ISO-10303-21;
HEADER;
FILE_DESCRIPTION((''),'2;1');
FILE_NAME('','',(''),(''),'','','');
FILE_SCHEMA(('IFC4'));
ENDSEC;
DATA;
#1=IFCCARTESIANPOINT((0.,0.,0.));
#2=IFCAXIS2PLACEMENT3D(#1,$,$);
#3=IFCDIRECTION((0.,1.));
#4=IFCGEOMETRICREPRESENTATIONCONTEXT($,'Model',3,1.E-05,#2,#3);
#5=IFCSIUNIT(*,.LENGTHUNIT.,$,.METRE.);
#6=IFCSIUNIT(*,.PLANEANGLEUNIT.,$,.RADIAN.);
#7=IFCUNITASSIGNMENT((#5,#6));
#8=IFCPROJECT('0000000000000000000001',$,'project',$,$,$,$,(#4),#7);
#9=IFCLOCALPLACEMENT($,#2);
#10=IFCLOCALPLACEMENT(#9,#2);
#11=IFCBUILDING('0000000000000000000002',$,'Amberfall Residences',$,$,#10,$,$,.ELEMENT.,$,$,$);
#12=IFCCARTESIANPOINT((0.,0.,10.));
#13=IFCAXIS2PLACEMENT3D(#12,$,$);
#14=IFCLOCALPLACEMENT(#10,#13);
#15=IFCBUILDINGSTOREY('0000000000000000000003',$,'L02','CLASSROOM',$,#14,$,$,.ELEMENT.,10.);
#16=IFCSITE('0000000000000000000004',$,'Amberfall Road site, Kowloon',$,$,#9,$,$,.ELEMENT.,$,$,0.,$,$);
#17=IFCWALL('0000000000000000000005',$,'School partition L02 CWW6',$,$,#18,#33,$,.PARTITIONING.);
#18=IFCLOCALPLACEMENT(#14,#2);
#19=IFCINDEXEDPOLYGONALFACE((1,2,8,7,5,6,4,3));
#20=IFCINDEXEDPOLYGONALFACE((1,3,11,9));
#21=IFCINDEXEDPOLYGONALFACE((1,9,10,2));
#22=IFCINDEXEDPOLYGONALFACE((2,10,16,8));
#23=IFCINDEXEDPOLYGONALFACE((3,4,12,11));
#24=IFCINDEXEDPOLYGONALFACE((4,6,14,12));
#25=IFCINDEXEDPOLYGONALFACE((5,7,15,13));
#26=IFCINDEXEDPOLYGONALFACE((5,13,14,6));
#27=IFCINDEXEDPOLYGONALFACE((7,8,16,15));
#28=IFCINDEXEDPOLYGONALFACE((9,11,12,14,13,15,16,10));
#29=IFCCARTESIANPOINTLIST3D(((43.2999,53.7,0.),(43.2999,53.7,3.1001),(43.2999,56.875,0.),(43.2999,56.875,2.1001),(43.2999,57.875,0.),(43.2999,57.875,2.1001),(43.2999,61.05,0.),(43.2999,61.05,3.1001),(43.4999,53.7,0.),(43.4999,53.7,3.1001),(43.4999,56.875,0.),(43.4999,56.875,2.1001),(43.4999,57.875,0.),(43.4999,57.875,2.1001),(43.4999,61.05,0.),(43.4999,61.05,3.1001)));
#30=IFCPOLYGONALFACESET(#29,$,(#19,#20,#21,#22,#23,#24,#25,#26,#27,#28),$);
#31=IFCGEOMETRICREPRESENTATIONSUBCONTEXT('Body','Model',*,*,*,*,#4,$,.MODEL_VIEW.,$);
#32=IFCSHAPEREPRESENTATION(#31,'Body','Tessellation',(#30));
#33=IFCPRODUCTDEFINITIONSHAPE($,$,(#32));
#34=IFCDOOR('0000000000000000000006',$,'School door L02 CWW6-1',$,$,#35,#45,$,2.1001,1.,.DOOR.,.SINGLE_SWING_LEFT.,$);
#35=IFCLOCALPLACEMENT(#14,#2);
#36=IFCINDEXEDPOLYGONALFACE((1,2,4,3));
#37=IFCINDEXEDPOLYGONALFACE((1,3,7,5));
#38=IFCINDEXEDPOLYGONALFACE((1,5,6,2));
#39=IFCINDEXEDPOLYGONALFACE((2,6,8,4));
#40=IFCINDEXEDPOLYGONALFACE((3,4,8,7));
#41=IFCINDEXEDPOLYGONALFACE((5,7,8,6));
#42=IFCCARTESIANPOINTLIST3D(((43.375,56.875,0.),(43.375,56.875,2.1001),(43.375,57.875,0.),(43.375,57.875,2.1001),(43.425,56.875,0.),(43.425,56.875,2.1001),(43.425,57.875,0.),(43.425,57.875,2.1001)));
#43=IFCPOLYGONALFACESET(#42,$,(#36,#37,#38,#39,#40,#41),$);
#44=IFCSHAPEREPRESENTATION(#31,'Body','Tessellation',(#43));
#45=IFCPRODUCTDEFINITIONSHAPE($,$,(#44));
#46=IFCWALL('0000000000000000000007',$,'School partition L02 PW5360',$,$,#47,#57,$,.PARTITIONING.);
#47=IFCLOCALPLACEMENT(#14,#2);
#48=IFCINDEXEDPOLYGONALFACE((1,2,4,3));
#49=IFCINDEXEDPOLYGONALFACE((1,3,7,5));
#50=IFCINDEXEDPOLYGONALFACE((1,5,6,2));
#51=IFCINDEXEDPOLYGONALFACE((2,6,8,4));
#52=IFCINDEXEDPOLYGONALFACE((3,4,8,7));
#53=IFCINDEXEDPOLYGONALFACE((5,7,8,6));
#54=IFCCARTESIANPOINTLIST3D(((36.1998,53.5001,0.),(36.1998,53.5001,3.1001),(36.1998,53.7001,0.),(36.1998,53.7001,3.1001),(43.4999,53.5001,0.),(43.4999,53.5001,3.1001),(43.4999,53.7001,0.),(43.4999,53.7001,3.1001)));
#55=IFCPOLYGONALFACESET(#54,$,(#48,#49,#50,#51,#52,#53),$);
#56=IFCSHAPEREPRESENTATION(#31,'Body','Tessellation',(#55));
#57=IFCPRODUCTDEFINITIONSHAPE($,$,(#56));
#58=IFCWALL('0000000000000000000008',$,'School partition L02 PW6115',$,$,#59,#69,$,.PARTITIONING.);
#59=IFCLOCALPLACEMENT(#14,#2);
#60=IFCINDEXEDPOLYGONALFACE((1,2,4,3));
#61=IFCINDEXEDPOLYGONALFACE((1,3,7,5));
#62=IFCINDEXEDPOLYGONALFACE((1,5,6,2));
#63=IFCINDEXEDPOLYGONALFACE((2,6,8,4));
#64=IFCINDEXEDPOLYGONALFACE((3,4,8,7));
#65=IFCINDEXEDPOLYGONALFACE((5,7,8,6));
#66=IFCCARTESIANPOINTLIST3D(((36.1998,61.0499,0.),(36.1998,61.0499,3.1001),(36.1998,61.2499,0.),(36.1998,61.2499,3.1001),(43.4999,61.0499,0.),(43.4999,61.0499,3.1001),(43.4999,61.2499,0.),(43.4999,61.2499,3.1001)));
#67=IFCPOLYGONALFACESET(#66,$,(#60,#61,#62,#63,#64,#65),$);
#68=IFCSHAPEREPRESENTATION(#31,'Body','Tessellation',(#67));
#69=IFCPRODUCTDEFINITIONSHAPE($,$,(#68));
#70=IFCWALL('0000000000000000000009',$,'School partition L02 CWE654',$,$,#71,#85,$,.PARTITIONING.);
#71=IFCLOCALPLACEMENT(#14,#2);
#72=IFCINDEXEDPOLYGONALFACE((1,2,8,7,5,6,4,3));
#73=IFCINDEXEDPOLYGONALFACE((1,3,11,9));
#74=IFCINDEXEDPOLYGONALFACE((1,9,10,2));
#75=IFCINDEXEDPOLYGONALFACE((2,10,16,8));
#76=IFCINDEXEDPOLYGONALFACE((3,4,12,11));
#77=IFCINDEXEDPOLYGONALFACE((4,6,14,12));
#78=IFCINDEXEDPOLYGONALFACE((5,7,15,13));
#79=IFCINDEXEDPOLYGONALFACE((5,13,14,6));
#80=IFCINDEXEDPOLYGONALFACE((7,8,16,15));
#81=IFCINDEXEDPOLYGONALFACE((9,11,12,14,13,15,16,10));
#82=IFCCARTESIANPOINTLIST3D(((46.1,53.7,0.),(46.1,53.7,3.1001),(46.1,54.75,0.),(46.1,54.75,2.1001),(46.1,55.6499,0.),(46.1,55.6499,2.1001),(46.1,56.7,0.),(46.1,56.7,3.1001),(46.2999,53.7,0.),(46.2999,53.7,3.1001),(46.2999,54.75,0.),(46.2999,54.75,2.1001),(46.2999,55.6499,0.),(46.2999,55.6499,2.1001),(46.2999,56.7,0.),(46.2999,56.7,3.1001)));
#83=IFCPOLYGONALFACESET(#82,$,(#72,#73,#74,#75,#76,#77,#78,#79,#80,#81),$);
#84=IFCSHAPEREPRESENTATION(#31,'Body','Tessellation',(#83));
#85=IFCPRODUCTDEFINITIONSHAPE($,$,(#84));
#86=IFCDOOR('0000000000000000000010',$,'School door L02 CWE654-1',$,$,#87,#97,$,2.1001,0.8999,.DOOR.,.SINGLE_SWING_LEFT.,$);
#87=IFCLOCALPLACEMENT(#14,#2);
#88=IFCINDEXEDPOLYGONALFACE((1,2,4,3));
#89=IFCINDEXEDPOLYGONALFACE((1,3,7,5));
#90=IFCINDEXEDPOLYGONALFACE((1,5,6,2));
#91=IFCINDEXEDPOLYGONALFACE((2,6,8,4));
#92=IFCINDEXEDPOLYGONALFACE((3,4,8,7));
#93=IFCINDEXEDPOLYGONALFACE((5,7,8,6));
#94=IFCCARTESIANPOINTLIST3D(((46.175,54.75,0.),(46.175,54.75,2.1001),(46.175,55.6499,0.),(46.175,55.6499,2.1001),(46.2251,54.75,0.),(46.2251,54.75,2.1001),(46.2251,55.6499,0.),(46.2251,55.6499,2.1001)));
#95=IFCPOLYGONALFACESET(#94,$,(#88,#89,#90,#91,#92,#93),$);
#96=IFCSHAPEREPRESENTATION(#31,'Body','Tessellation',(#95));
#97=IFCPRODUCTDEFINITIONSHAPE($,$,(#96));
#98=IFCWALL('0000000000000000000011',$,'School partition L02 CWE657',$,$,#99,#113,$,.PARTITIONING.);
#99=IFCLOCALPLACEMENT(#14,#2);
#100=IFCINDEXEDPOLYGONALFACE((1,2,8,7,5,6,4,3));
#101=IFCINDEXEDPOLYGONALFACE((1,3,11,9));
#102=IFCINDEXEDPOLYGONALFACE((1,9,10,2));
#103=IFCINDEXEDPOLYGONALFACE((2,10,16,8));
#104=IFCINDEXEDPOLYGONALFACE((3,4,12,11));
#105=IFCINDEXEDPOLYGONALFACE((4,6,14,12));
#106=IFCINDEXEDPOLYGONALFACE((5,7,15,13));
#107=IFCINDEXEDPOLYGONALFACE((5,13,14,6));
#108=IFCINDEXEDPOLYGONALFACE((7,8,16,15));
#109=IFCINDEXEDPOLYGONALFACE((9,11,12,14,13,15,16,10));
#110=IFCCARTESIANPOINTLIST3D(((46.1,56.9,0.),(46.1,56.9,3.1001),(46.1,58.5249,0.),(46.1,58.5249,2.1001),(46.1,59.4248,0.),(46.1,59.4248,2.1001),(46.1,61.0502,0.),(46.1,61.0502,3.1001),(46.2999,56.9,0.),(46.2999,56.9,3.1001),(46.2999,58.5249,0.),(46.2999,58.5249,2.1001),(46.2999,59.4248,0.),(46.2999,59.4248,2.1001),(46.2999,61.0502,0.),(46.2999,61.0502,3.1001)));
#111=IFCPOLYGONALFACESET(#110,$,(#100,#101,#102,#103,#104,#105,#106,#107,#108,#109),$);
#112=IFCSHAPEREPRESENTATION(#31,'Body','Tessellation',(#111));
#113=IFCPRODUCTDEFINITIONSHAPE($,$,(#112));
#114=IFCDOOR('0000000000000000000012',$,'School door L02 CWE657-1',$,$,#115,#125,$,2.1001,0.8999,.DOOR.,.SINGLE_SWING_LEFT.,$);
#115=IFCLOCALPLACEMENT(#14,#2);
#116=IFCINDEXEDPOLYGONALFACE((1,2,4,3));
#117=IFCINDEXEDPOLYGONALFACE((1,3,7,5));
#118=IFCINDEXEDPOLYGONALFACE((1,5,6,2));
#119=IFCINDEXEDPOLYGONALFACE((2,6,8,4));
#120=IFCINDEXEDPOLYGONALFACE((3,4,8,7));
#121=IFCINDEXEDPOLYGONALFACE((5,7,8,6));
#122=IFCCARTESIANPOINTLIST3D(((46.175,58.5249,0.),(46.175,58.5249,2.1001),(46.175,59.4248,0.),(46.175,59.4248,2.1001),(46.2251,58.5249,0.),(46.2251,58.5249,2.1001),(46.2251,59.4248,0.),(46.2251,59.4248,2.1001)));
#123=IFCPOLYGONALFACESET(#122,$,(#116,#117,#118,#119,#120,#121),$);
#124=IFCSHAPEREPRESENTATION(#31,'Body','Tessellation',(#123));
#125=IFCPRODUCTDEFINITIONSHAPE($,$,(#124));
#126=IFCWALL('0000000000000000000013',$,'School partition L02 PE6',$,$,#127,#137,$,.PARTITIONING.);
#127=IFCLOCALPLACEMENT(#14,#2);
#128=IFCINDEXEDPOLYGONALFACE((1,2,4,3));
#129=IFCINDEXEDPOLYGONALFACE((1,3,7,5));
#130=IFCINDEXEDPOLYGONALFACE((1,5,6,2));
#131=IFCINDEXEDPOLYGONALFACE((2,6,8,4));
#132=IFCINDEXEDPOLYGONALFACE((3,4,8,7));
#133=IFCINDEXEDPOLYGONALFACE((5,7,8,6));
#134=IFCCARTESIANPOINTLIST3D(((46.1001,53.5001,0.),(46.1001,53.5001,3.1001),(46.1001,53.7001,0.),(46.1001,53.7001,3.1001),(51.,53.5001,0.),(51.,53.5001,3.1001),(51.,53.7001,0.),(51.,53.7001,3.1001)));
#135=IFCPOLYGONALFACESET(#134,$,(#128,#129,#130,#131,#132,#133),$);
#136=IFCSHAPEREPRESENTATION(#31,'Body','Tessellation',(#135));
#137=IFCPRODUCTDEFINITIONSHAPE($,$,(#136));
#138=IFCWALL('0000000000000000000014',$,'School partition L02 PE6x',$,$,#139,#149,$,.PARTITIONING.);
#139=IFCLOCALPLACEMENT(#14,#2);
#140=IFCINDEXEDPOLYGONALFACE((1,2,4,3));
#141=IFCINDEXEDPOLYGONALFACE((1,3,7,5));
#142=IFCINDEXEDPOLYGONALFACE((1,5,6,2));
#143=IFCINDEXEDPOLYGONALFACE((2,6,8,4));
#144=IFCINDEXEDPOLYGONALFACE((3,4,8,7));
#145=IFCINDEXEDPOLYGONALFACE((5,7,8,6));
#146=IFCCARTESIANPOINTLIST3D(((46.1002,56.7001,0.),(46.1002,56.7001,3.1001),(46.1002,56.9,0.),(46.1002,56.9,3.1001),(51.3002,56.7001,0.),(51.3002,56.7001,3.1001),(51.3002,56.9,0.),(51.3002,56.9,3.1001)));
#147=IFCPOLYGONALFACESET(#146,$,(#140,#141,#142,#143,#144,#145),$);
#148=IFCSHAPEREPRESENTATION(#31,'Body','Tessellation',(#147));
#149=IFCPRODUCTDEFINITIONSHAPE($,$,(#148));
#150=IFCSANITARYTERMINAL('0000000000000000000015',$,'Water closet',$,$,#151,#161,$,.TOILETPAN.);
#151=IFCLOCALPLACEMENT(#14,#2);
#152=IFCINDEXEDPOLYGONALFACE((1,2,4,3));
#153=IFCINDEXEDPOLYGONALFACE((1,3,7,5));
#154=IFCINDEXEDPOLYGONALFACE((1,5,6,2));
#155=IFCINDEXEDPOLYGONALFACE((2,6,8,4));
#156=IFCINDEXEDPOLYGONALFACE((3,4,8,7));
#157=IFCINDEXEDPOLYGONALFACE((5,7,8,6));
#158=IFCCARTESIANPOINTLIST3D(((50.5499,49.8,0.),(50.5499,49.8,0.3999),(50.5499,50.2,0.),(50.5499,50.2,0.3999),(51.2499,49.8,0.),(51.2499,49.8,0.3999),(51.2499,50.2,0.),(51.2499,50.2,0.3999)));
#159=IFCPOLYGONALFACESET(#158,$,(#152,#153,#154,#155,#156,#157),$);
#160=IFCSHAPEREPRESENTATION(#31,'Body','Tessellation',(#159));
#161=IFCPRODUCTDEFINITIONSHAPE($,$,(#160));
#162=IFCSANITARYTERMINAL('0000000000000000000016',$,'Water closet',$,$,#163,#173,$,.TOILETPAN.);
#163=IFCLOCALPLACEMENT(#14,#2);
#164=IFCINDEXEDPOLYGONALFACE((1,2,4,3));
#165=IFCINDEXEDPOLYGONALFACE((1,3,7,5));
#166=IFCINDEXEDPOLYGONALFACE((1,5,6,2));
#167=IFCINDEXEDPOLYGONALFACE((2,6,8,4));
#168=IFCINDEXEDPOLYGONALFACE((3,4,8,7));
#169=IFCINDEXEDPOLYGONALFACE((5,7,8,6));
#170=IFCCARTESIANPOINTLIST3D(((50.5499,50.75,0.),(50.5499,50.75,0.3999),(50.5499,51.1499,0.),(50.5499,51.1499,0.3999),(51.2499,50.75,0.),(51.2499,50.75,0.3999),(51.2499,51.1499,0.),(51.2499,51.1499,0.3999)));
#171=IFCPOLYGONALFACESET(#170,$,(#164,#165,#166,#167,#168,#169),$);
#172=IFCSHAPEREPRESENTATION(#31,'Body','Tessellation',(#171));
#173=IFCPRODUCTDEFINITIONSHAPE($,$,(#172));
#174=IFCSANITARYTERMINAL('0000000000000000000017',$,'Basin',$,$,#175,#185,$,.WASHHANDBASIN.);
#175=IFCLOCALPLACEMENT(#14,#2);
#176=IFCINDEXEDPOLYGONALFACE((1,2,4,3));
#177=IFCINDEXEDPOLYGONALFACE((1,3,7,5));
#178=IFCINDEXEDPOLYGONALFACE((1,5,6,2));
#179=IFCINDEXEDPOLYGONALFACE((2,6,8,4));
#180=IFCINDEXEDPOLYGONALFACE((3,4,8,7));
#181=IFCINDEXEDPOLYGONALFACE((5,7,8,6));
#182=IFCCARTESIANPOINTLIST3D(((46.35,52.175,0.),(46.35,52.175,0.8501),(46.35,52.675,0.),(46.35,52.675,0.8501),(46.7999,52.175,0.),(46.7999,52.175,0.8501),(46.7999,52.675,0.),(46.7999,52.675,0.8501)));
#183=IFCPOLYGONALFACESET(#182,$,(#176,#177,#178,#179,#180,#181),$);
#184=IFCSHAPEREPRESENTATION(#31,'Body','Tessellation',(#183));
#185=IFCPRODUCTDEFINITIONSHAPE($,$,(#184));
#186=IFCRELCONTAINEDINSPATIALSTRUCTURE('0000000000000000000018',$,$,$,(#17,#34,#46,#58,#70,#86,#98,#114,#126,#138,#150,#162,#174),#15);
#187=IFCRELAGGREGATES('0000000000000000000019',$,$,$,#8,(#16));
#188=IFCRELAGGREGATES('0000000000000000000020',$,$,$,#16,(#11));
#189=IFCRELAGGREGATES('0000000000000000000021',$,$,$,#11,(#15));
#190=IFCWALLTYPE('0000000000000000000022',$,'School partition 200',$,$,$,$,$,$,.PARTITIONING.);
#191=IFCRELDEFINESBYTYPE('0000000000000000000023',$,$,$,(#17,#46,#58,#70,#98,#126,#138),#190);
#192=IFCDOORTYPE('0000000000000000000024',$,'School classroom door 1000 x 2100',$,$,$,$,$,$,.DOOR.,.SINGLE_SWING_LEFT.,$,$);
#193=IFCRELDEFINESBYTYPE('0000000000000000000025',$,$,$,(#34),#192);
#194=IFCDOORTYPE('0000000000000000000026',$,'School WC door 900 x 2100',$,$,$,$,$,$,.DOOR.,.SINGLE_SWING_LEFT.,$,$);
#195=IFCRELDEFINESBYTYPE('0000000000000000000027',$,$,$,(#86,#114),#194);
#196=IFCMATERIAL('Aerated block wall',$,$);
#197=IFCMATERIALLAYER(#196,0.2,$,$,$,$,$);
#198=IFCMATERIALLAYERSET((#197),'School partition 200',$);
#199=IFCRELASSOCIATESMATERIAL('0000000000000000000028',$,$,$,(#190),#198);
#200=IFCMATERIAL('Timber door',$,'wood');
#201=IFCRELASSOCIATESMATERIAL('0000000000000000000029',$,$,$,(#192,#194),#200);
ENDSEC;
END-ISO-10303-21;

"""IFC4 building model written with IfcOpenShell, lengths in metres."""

from ifc_helpers import new_model, si_unit, direction, frame, frame_2d, origin, origin_2d, place, context, subcontext, project, spatial, rectangle, extrude, material, layer, layer_set, type_object, element, fill, save


model = new_model("IFC4")

# Units and contexts
model_context = context("Model", 3, precision=1e-05, world=origin(), true_north=direction((0.0, 1.0)))
body_context = subcontext(model_context, "Body", "Model", "MODEL_VIEW")
ifc_project = project(units=[si_unit("LENGTHUNIT", "METRE"), si_unit("PLANEANGLEUNIT", "RADIAN")], contexts=[model_context])

# Site, building, storey
site_placement = place(None, origin())
site = spatial("IfcSite", under=ifc_project, at=site_placement, Name="Amberfall Road site, Kowloon", CompositionType="ELEMENT", RefElevation=0.0)
building_placement = place(site_placement, origin())
building = spatial("IfcBuilding", under=site, at=building_placement, Name="Amberfall Residences", CompositionType="ELEMENT")
storey_placement = place(building_placement, frame((0.0, 0.0, 10.0)))
storey = spatial("IfcBuildingStorey", under=building, at=storey_placement, Name="L02", Description="CLASSROOM", CompositionType="ELEMENT", Elevation=10.0)

# Shared definitions
ifc_material_1 = material(Name="Aerated block wall")

# Wall, opening, door
ifc_layer_1 = layer(ifc_material_1, 0.2)
ifc_layer_set_1 = layer_set([ifc_layer_1], Name="School partition 200")
wall_type_1 = type_object("IfcWallType", Name="School partition 200", PredefinedType="PARTITIONING", material=ifc_layer_set_1)
wall_1_placement = place(storey_placement, frame((43.3999, 53.7, 0.0), z_axis=(0.0, 0.0, 1.0), x_axis=(0.0, 1.0, 0.0)))
wall_1 = element("IfcWall", 1, at=wall_1_placement, inside=storey, type_object=wall_type_1, Name="School partition L02 CWW6", PredefinedType="PARTITIONING", context=body_context, shape_type="SweptSolid", body=[
    extrude(rectangle(XDim=7.3501, YDim=0.2, at=frame_2d((3.675, 0.0))), origin(), (0.0, 0.0, 1.0), 3.1001),
])
opening_1_placement = place(wall_1_placement, frame((3.175, 0.0, 0.0)))
opening_1 = element("IfcOpeningElement", 2, at=opening_1_placement, cuts=wall_1, PredefinedType="OPENING", context=body_context, shape_type="SweptSolid", body=[
    extrude(rectangle(XDim=1.0, YDim=2.1001, at=frame_2d((0.5, 1.05))), frame((0.0, 0.1099, 0.0), z_axis=(0.0, -1.0, 0.0), x_axis=(1.0, 0.0, 0.0)), (0.0, 0.0, 1.0), 0.22),
])
ifc_material_2 = material(Name="Timber door", Category="wood")
door_type_1 = type_object("IfcDoorType", Name="School classroom door 1000 x 2100", OperationType="SINGLE_SWING_LEFT", PredefinedType="DOOR", material=ifc_material_2)
door_1_placement = place(opening_1_placement, origin())
door_1 = element("IfcDoor", 3, at=door_1_placement, inside=storey, type_object=door_type_1, Name="School door L02 CWW6-1", OperationType="SINGLE_SWING_LEFT", OverallHeight=2.1001, OverallWidth=1.0, PredefinedType="DOOR", context=body_context, shape_type="SweptSolid", body=[
    extrude(rectangle(XDim=1.0, YDim=2.1001, at=frame_2d((0.5, 1.05))), frame((0.0, 0.0249, 0.0), z_axis=(0.0, -1.0, 0.0), x_axis=(1.0, 0.0, 0.0)), (0.0, 0.0, 1.0), 0.05),
])
fill(opening_1, door_1)

# Walls
for number, where, z_axis, x_axis, name in (
    (4, (36.2, 53.6001, 0.0), (0.0, 0.0, 1.0), (1.0, 0.0, 0.0), "School partition L02 PW5360"),
    (5, (36.2, 61.1499, 0.0), (0.0, 0.0, 1.0), (1.0, 0.0, 0.0), "School partition L02 PW6115"),
):
    element("IfcWall", number, at=place(storey_placement, frame(where, z_axis=z_axis, x_axis=x_axis)), inside=storey, type_object=wall_type_1, Name=name, PredefinedType="PARTITIONING", context=body_context, shape_type="SweptSolid", body=[
        extrude(rectangle(XDim=7.3, YDim=0.2, at=frame_2d((3.6499, 0.0))), origin(), (0.0, 0.0, 1.0), 3.1001),
    ])

# Walls, openings, doors
wall_2_placement = place(storey_placement, frame((46.2, 53.7, 0.0), z_axis=(0.0, 0.0, 1.0), x_axis=(0.0, 1.0, 0.0)))
wall_2 = element("IfcWall", 6, at=wall_2_placement, inside=storey, type_object=wall_type_1, Name="School partition L02 CWE654", PredefinedType="PARTITIONING", context=body_context, shape_type="SweptSolid", body=[
    extrude(rectangle(XDim=3.0, YDim=0.2, at=frame_2d((1.5, 0.0))), origin(), (0.0, 0.0, 1.0), 3.1001),
])
opening_2_placement = place(wall_2_placement, frame((1.05, 0.0, 0.0)))
opening_2 = element("IfcOpeningElement", 7, at=opening_2_placement, cuts=wall_2, PredefinedType="OPENING", context=body_context, shape_type="SweptSolid", body=[
    extrude(rectangle(XDim=0.8999, YDim=2.1001, at=frame_2d((0.45, 1.05))), frame((0.0, 0.1099, 0.0), z_axis=(0.0, -1.0, 0.0), x_axis=(1.0, 0.0, 0.0)), (0.0, 0.0, 1.0), 0.22),
])
door_type_2 = type_object("IfcDoorType", Name="School WC door 900 x 2100", OperationType="SINGLE_SWING_LEFT", PredefinedType="DOOR", material=ifc_material_2)
door_2_placement = place(opening_2_placement, origin())
door_2 = element("IfcDoor", 8, at=door_2_placement, inside=storey, type_object=door_type_2, Name="School door L02 CWE654-1", OperationType="SINGLE_SWING_LEFT", OverallHeight=2.1001, OverallWidth=0.8999, PredefinedType="DOOR", context=body_context, shape_type="SweptSolid", body=[
    extrude(rectangle(XDim=0.8999, YDim=2.1001, at=frame_2d((0.45, 1.05))), frame((0.0, 0.0249, 0.0), z_axis=(0.0, -1.0, 0.0), x_axis=(1.0, 0.0, 0.0)), (0.0, 0.0, 1.0), 0.05),
])
fill(opening_2, door_2)
wall_3_placement = place(storey_placement, frame((46.2, 56.8999, 0.0), z_axis=(0.0, 0.0, 1.0), x_axis=(0.0, 1.0, 0.0)))
wall_3 = element("IfcWall", 9, at=wall_3_placement, inside=storey, type_object=wall_type_1, Name="School partition L02 CWE657", PredefinedType="PARTITIONING", context=body_context, shape_type="SweptSolid", body=[
    extrude(rectangle(XDim=4.1501, YDim=0.2, at=frame_2d((2.0752, 0.0))), origin(), (0.0, 0.0, 1.0), 3.1001),
])
opening_3_placement = place(wall_3_placement, frame((1.625, 0.0, 0.0)))
opening_3 = element("IfcOpeningElement", 10, at=opening_3_placement, cuts=wall_3, PredefinedType="OPENING", context=body_context, shape_type="SweptSolid", body=[
    extrude(rectangle(XDim=0.8999, YDim=2.1001, at=frame_2d((0.45, 1.05))), frame((0.0, 0.1099, 0.0), z_axis=(0.0, -1.0, 0.0), x_axis=(1.0, 0.0, 0.0)), (0.0, 0.0, 1.0), 0.22),
])
door_3_placement = place(opening_3_placement, origin())
door_3 = element("IfcDoor", 11, at=door_3_placement, inside=storey, type_object=door_type_2, Name="School door L02 CWE657-1", OperationType="SINGLE_SWING_LEFT", OverallHeight=2.1001, OverallWidth=0.8999, PredefinedType="DOOR", context=body_context, shape_type="SweptSolid", body=[
    extrude(rectangle(XDim=0.8999, YDim=2.1001, at=frame_2d((0.45, 1.05))), frame((0.0, 0.0249, 0.0), z_axis=(0.0, -1.0, 0.0), x_axis=(1.0, 0.0, 0.0)), (0.0, 0.0, 1.0), 0.05),
])
fill(opening_3, door_3)

# Walls
wall_4_placement = place(storey_placement, frame((46.1001, 53.6001, 0.0), z_axis=(0.0, 0.0, 1.0), x_axis=(1.0, 0.0, 0.0)))
element("IfcWall", 12, at=wall_4_placement, inside=storey, type_object=wall_type_1, Name="School partition L02 PE6", PredefinedType="PARTITIONING", context=body_context, shape_type="SweptSolid", body=[
    extrude(rectangle(XDim=4.8999, YDim=0.2, at=frame_2d((2.45, 0.0))), origin(), (0.0, 0.0, 1.0), 3.1001),
])
wall_5_placement = place(storey_placement, frame((46.1001, 56.8, 0.0), z_axis=(0.0, 0.0, 1.0), x_axis=(1.0, 0.0, 0.0)))
element("IfcWall", 13, at=wall_5_placement, inside=storey, type_object=wall_type_1, Name="School partition L02 PE6x", PredefinedType="PARTITIONING", context=body_context, shape_type="SweptSolid", body=[
    extrude(rectangle(XDim=5.2, YDim=0.2, at=frame_2d((2.6001, 0.0))), origin(), (0.0, 0.0, 1.0), 3.1001),
])

# Sanitary terminals
for number, where, z_axis, x_axis, name in (
    (14, (50.8999, 50.0, 0.0), (0.0, 0.0, 1.0), (1.0, 0.0, 0.0), "Water closet"),
    (15, (50.8999, 50.95, 0.0), (0.0, 0.0, 1.0), (1.0, 0.0, 0.0), "Water closet"),
):
    element("IfcSanitaryTerminal", number, at=place(storey_placement, frame(where, z_axis=z_axis, x_axis=x_axis)), inside=storey, Name=name, PredefinedType="TOILETPAN", context=body_context, shape_type="SweptSolid", body=[
        extrude(rectangle(XDim=0.7, YDim=0.3999, at=origin_2d()), origin(), (0.0, 0.0, 1.0), 0.3999),
    ])
sanitary_terminal_1_placement = place(storey_placement, frame((46.575, 52.425, 0.0), z_axis=(0.0, 0.0, 1.0), x_axis=(1.0, 0.0, 0.0)))
element("IfcSanitaryTerminal", 16, at=sanitary_terminal_1_placement, inside=storey, Name="Basin", PredefinedType="WASHHANDBASIN", context=body_context, shape_type="SweptSolid", body=[
    extrude(rectangle(XDim=0.45, YDim=0.5, at=origin_2d()), origin(), (0.0, 0.0, 1.0), 0.8501),
])

save(model, "model.ifc")
